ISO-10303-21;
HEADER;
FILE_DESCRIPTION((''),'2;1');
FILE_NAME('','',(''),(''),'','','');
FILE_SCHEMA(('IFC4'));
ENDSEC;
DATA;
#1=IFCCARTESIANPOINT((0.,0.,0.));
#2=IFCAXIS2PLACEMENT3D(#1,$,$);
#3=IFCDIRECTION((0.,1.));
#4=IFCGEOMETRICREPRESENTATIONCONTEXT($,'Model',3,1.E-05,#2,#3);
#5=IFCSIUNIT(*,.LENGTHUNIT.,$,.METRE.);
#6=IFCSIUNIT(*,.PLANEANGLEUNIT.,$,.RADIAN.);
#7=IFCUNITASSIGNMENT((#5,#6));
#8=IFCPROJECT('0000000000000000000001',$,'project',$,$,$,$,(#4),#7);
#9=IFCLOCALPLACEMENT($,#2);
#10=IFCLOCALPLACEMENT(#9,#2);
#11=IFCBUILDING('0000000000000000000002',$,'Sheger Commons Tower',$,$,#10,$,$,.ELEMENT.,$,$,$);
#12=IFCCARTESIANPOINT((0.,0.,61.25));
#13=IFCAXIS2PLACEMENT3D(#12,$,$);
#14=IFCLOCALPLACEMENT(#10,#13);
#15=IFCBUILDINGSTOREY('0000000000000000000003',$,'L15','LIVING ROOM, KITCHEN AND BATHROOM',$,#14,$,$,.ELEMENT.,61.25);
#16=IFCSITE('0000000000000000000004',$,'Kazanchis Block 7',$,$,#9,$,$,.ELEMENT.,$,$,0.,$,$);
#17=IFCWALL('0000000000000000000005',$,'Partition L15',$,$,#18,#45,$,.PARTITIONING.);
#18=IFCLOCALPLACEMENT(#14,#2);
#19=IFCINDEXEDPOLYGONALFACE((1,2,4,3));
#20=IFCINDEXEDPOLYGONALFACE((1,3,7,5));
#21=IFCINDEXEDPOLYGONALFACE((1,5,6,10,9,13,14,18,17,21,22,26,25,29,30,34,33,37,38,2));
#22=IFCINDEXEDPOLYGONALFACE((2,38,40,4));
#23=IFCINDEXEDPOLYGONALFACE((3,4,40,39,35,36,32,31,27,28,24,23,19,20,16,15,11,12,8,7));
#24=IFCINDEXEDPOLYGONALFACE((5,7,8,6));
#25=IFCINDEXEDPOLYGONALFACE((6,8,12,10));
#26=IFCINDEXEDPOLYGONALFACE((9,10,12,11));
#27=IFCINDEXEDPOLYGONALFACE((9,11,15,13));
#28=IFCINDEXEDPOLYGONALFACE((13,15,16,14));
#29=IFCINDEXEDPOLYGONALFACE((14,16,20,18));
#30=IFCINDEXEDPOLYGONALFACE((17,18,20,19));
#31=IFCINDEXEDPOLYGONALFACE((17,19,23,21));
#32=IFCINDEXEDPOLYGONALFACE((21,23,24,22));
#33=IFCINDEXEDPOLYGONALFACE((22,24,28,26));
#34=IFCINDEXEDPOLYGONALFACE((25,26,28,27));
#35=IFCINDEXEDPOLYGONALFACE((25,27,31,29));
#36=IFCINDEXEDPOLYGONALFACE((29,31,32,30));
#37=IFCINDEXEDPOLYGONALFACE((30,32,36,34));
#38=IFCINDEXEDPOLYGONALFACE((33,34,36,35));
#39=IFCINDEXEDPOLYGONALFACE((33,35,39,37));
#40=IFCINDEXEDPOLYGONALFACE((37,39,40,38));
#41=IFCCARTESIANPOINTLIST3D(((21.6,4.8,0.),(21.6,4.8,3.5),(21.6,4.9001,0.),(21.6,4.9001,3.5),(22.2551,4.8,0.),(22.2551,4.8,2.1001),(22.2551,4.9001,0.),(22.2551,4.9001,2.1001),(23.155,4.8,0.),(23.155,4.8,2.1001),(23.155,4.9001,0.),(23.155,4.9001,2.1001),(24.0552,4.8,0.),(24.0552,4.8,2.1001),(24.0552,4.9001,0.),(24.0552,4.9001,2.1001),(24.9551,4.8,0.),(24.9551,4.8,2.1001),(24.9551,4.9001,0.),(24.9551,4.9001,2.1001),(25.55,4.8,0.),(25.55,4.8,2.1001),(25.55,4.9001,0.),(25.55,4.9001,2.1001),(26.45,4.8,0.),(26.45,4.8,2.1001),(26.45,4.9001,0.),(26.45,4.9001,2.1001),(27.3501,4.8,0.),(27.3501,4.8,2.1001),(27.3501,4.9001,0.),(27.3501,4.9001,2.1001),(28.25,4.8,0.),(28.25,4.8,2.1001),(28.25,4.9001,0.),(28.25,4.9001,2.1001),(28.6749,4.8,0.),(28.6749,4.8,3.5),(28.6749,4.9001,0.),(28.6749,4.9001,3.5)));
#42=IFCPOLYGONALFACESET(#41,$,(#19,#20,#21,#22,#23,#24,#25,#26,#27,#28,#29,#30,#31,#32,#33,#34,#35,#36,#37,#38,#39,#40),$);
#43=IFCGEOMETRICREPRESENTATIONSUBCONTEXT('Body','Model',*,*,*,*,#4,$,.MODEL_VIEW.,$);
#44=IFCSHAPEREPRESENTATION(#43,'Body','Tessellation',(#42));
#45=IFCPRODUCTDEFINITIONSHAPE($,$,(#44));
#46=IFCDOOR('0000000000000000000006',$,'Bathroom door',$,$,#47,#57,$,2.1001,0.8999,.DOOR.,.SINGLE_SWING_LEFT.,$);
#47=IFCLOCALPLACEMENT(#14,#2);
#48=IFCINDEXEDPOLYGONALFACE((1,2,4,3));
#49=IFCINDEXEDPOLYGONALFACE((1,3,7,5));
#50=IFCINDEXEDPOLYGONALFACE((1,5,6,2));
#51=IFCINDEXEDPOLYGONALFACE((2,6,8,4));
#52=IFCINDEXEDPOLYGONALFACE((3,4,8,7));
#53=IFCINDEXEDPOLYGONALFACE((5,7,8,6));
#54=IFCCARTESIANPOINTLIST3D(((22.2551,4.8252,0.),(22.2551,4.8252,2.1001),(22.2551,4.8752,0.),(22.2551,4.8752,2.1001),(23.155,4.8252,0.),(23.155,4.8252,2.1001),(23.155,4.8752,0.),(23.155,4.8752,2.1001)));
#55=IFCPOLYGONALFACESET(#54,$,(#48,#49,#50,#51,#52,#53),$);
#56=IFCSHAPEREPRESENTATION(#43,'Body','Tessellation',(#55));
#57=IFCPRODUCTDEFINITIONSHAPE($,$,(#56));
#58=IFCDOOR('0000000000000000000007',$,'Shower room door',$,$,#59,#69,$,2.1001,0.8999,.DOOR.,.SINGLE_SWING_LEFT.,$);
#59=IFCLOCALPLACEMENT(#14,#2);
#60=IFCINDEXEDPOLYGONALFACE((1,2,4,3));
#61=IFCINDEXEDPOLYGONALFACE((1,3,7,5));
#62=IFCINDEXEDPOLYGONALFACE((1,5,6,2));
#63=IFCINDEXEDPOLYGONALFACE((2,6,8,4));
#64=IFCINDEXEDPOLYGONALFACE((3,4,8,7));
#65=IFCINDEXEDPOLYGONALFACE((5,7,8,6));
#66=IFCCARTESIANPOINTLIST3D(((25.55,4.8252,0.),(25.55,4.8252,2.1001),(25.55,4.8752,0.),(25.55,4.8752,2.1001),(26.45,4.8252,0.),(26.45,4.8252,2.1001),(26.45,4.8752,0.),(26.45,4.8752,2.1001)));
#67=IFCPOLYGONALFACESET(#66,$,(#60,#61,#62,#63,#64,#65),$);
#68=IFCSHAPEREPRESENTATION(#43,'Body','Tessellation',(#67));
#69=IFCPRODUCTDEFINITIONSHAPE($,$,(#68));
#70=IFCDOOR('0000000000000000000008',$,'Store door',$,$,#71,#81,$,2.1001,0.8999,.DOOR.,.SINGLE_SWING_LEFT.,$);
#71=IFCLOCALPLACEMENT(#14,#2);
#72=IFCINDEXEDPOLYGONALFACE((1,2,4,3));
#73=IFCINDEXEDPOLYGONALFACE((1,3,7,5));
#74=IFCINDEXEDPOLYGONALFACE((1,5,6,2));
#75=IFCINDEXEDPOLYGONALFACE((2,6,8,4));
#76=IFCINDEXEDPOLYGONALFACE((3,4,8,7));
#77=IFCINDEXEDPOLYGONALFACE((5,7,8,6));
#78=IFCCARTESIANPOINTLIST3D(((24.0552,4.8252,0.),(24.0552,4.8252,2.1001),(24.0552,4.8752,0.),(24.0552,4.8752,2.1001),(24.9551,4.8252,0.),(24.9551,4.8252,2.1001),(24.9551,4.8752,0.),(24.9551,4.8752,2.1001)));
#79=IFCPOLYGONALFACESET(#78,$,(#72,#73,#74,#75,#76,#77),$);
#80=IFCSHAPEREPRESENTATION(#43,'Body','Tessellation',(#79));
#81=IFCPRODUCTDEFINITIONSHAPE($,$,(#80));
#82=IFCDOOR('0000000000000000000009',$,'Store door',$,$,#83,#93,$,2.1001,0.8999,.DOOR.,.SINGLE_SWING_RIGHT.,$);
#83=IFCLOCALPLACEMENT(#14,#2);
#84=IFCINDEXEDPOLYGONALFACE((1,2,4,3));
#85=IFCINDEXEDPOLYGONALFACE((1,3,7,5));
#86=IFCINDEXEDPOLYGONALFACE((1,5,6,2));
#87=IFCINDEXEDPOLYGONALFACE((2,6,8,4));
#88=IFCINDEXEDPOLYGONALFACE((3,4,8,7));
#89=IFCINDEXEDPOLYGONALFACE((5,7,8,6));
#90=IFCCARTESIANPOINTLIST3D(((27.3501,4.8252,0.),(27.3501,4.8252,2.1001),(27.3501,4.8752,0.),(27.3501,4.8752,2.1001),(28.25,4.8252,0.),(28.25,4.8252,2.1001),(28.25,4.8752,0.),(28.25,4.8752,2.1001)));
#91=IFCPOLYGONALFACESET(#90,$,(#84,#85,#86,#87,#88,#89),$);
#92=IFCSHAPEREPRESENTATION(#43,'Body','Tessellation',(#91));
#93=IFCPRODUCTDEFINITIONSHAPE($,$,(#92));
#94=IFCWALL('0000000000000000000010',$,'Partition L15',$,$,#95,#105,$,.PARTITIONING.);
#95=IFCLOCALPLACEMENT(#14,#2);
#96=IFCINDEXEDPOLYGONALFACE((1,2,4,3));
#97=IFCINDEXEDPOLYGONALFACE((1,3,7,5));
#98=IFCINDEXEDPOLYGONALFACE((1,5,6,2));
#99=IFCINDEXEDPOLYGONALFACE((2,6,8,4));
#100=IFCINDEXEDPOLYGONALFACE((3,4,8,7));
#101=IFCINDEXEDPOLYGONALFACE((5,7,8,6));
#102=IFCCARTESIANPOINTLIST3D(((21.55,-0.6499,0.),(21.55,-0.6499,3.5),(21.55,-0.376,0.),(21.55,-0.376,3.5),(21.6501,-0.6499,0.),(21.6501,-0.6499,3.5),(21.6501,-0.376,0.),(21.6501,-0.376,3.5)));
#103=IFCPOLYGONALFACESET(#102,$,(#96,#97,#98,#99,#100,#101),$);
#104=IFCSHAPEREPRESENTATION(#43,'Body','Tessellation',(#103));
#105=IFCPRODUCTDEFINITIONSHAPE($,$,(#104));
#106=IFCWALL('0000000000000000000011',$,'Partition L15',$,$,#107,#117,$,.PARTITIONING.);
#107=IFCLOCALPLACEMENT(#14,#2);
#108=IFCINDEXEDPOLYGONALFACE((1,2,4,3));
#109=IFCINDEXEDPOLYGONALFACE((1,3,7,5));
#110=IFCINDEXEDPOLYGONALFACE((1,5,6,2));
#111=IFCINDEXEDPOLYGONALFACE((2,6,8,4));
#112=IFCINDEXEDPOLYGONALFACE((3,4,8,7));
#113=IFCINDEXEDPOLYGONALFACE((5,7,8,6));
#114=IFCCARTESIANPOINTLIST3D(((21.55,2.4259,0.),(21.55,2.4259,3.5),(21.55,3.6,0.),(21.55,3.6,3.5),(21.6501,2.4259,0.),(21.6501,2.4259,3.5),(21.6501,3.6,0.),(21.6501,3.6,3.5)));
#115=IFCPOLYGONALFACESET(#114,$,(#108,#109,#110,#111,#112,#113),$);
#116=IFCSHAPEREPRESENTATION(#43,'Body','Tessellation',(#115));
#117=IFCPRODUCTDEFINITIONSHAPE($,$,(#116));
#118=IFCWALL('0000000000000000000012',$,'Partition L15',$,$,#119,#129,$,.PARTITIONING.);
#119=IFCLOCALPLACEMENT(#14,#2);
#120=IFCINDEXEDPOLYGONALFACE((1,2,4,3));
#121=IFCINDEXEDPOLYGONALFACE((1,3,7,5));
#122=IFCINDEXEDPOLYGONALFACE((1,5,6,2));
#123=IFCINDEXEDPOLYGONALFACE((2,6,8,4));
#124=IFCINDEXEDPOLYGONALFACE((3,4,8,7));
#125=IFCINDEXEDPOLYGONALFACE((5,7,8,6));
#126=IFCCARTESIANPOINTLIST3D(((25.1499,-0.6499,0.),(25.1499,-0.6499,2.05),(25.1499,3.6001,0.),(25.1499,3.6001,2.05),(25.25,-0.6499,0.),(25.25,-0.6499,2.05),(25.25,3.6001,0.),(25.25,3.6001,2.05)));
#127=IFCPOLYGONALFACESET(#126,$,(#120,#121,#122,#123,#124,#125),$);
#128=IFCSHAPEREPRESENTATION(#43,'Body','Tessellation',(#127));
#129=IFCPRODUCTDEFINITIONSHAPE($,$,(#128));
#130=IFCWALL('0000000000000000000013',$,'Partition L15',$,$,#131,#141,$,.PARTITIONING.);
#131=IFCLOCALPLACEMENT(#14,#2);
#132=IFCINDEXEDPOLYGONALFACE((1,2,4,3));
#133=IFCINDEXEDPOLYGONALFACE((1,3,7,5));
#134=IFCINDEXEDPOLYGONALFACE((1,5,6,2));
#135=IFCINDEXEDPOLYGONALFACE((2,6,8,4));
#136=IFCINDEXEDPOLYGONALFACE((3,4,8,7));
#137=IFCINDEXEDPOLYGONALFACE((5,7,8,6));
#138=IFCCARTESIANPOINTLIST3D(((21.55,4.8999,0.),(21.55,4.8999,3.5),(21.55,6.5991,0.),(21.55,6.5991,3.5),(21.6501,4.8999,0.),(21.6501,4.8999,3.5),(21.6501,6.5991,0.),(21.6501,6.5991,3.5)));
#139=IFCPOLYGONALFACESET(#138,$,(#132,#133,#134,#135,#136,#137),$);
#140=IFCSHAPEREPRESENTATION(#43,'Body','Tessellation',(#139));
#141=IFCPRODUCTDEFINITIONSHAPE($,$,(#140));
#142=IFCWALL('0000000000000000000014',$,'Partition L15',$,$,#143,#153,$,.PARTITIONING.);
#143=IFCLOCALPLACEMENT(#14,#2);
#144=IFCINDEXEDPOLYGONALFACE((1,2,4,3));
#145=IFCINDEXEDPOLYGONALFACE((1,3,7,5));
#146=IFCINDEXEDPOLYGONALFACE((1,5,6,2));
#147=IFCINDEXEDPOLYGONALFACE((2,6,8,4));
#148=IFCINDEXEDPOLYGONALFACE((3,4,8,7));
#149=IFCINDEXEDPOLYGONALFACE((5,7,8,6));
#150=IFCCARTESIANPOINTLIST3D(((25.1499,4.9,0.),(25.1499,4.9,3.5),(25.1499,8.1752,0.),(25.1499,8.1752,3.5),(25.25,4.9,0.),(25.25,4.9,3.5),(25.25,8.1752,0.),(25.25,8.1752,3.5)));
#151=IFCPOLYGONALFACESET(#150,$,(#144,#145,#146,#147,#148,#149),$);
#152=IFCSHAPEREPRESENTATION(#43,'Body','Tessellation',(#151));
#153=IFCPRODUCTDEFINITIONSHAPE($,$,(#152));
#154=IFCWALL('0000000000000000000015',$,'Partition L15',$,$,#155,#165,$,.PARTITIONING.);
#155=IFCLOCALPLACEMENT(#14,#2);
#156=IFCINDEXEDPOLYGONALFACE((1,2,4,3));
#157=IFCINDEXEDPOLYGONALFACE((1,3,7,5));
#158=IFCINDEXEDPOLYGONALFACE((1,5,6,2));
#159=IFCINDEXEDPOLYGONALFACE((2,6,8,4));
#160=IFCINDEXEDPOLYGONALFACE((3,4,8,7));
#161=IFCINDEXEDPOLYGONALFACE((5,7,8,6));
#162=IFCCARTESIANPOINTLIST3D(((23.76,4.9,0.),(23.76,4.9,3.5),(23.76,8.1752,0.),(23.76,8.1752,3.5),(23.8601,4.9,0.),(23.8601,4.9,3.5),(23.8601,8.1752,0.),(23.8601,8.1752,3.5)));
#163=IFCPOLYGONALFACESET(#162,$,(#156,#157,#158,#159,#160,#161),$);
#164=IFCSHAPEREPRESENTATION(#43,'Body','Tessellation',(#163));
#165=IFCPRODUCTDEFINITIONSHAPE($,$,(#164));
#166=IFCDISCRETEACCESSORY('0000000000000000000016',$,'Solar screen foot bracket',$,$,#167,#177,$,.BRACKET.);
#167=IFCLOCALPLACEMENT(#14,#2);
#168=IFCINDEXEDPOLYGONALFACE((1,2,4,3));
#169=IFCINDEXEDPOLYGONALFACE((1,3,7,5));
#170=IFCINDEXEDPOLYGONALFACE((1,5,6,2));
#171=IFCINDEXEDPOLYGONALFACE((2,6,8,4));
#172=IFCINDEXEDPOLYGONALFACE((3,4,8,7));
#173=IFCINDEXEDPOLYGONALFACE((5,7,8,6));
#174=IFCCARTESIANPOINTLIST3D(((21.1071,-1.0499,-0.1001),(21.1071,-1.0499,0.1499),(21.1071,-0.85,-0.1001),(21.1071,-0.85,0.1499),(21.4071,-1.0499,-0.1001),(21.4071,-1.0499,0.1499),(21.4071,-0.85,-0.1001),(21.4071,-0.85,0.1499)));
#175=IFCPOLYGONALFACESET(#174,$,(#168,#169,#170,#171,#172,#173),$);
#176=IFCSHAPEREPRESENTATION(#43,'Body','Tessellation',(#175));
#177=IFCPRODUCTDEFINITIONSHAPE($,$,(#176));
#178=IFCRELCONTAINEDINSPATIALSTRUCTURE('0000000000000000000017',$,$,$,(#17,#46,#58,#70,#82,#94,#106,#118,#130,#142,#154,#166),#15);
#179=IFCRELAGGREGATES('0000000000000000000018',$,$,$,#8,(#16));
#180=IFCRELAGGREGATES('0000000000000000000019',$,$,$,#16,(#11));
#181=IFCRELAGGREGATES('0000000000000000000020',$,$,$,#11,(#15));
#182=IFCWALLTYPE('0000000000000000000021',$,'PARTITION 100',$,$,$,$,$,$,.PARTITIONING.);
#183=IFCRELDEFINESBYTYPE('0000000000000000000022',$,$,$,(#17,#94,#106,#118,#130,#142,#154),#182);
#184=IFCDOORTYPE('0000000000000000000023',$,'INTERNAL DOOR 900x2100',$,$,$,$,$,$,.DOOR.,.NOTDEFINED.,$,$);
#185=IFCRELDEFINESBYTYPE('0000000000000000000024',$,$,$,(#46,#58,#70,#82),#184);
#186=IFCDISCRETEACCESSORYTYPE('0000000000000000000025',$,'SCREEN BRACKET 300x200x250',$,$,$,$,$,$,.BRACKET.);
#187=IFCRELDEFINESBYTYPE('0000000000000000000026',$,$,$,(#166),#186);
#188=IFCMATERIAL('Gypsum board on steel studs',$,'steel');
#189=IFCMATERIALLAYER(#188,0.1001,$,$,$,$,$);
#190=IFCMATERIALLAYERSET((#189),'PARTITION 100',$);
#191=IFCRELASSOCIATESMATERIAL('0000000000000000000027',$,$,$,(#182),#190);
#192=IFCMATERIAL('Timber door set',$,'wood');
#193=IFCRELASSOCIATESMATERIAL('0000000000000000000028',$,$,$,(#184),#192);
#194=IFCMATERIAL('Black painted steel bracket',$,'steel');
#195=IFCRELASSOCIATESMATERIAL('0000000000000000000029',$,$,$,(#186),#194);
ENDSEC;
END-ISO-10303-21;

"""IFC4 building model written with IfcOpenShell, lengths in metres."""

from ifc_helpers import new_model, si_unit, direction, frame, frame_2d, origin, origin_2d, place, context, subcontext, project, spatial, rectangle, extrude, material, layer, layer_set, type_object, element, fill, save


model = new_model("IFC4")

# Units and contexts
model_context = context("Model", 3, precision=1e-05, world=origin(), true_north=direction((0.0, 1.0)))
body_context = subcontext(model_context, "Body", "Model", "MODEL_VIEW")
ifc_project = project(units=[si_unit("LENGTHUNIT", "METRE"), si_unit("PLANEANGLEUNIT", "RADIAN")], contexts=[model_context])

# Site, building, storey
site_placement = place(None, origin())
site = spatial("IfcSite", under=ifc_project, at=site_placement, Name="Kazanchis Block 7", CompositionType="ELEMENT", RefElevation=0.0)
building_placement = place(site_placement, origin())
building = spatial("IfcBuilding", under=site, at=building_placement, Name="Sheger Commons Tower", CompositionType="ELEMENT")
storey_placement = place(building_placement, frame((0.0, 0.0, 61.25)))
storey = spatial("IfcBuildingStorey", under=building, at=storey_placement, Name="L15", Description="LIVING ROOM, KITCHEN AND BATHROOM", CompositionType="ELEMENT", Elevation=61.25)

# Wall, openings, doors
ifc_material_1 = material(Name="Gypsum board on steel studs", Category="steel")
ifc_layer_1 = layer(ifc_material_1, 0.1001)
ifc_layer_set_1 = layer_set([ifc_layer_1], Name="PARTITION 100")
wall_type = type_object("IfcWallType", Name="PARTITION 100", PredefinedType="PARTITIONING", material=ifc_layer_set_1)
ifc_material_2 = material(Name="Timber door set", Category="wood")
door_type = type_object("IfcDoorType", Name="INTERNAL DOOR 900x2100", OperationType="NOTDEFINED", PredefinedType="DOOR", material=ifc_material_2)
wall_1_placement = place(storey_placement, frame((28.675, 4.8501, 0.0), z_axis=(0.0, 0.0, 1.0), x_axis=(-1.0, 0.0, 0.0)))
wall_1 = element("IfcWall", 1, at=wall_1_placement, inside=storey, type_object=wall_type, Name="Partition L15", PredefinedType="PARTITIONING", context=body_context, shape_type="SweptSolid", body=[
    extrude(rectangle(XDim=7.075, YDim=0.1001, at=frame_2d((3.5376, 0.0))), origin(), (0.0, 0.0, 1.0), 3.5),
])
opening_1_placement = place(wall_1_placement, frame((5.52, 0.0, 0.0)))
opening_1 = element("IfcOpeningElement", 2, at=opening_1_placement, cuts=wall_1, PredefinedType="OPENING", context=body_context, shape_type="SweptSolid", body=[
    extrude(rectangle(XDim=0.8999, YDim=2.1001, at=frame_2d((0.45, 1.05))), frame((0.0, 0.0601, 0.0), z_axis=(0.0, -1.0, 0.0), x_axis=(1.0, 0.0, 0.0)), (0.0, 0.0, 1.0), 0.1201),
])
opening_2_placement = place(wall_1_placement, frame((2.2251, 0.0, 0.0)))
opening_2 = element("IfcOpeningElement", 3, at=opening_2_placement, cuts=wall_1, PredefinedType="OPENING", context=body_context, shape_type="SweptSolid", body=[
    extrude(rectangle(XDim=0.8999, YDim=2.1001, at=frame_2d((0.45, 1.05))), frame((0.0, 0.0601, 0.0), z_axis=(0.0, -1.0, 0.0), x_axis=(1.0, 0.0, 0.0)), (0.0, 0.0, 1.0), 0.1201),
])
opening_3_placement = place(wall_1_placement, frame((3.72, 0.0, 0.0)))
opening_3 = element("IfcOpeningElement", 4, at=opening_3_placement, cuts=wall_1, PredefinedType="OPENING", context=body_context, shape_type="SweptSolid", body=[
    extrude(rectangle(XDim=0.8999, YDim=2.1001, at=frame_2d((0.45, 1.05))), frame((0.0, 0.0601, 0.0), z_axis=(0.0, -1.0, 0.0), x_axis=(1.0, 0.0, 0.0)), (0.0, 0.0, 1.0), 0.1201),
])
opening_4_placement = place(wall_1_placement, frame((0.425, 0.0, 0.0)))
opening_4 = element("IfcOpeningElement", 5, at=opening_4_placement, cuts=wall_1, PredefinedType="OPENING", context=body_context, shape_type="SweptSolid", body=[
    extrude(rectangle(XDim=0.8999, YDim=2.1001, at=frame_2d((0.45, 1.05))), frame((0.0, 0.0601, 0.0), z_axis=(0.0, -1.0, 0.0), x_axis=(1.0, 0.0, 0.0)), (0.0, 0.0, 1.0), 0.1201),
])
door_1_placement = place(opening_1_placement, origin())
door_1 = element("IfcDoor", 6, at=door_1_placement, inside=storey, type_object=door_type, Name="Bathroom door", OperationType="SINGLE_SWING_LEFT", OverallHeight=2.1001, OverallWidth=0.8999, PredefinedType="DOOR", context=body_context, shape_type="SweptSolid", body=[
    extrude(rectangle(XDim=0.8999, YDim=2.1001, at=frame_2d((0.45, 1.05))), frame((0.0, 0.0249, 0.0), z_axis=(0.0, -1.0, 0.0), x_axis=(1.0, 0.0, 0.0)), (0.0, 0.0, 1.0), 0.05),
])
fill(opening_1, door_1)
door_2_placement = place(opening_2_placement, origin())
door_2 = element("IfcDoor", 7, at=door_2_placement, inside=storey, type_object=door_type, Name="Shower room door", OperationType="SINGLE_SWING_LEFT", OverallHeight=2.1001, OverallWidth=0.8999, PredefinedType="DOOR", context=body_context, shape_type="SweptSolid", body=[
    extrude(rectangle(XDim=0.8999, YDim=2.1001, at=frame_2d((0.45, 1.05))), frame((0.0, 0.0249, 0.0), z_axis=(0.0, -1.0, 0.0), x_axis=(1.0, 0.0, 0.0)), (0.0, 0.0, 1.0), 0.05),
])
fill(opening_2, door_2)
door_3_placement = place(opening_3_placement, origin())
door_3 = element("IfcDoor", 8, at=door_3_placement, inside=storey, type_object=door_type, Name="Store door", OperationType="SINGLE_SWING_LEFT", OverallHeight=2.1001, OverallWidth=0.8999, PredefinedType="DOOR", context=body_context, shape_type="SweptSolid", body=[
    extrude(rectangle(XDim=0.8999, YDim=2.1001, at=frame_2d((0.45, 1.05))), frame((0.0, 0.0249, 0.0), z_axis=(0.0, -1.0, 0.0), x_axis=(1.0, 0.0, 0.0)), (0.0, 0.0, 1.0), 0.05),
])
fill(opening_3, door_3)
door_4_placement = place(opening_4_placement, origin())
door_4 = element("IfcDoor", 9, at=door_4_placement, inside=storey, type_object=door_type, Name="Store door", OperationType="SINGLE_SWING_RIGHT", OverallHeight=2.1001, OverallWidth=0.8999, PredefinedType="DOOR", context=body_context, shape_type="SweptSolid", body=[
    extrude(rectangle(XDim=0.8999, YDim=2.1001, at=frame_2d((0.45, 1.05))), frame((0.0, 0.0249, 0.0), z_axis=(0.0, -1.0, 0.0), x_axis=(1.0, 0.0, 0.0)), (0.0, 0.0, 1.0), 0.05),
])
fill(opening_4, door_4)

# Walls
wall_2_placement = place(storey_placement, frame((21.6001, -0.6499, 0.0), z_axis=(0.0, 0.0, 1.0), x_axis=(0.0, 1.0, 0.0)))
element("IfcWall", 10, at=wall_2_placement, inside=storey, type_object=wall_type, Name="Partition L15", PredefinedType="PARTITIONING", context=body_context, shape_type="SweptSolid", body=[
    extrude(rectangle(XDim=0.2739, YDim=0.1001, at=frame_2d((0.137, 0.0))), origin(), (0.0, 0.0, 1.0), 3.5),
])
wall_3_placement = place(storey_placement, frame((21.6001, 2.426, 0.0), z_axis=(0.0, 0.0, 1.0), x_axis=(0.0, 1.0, 0.0)))
element("IfcWall", 11, at=wall_3_placement, inside=storey, type_object=wall_type, Name="Partition L15", PredefinedType="PARTITIONING", context=body_context, shape_type="SweptSolid", body=[
    extrude(rectangle(XDim=1.1741, YDim=0.1001, at=frame_2d((0.5869, 0.0))), origin(), (0.0, 0.0, 1.0), 3.5),
])
wall_4_placement = place(storey_placement, frame((25.2, -0.6499, 0.0), z_axis=(0.0, 0.0, 1.0), x_axis=(0.0, 1.0, 0.0)))
element("IfcWall", 12, at=wall_4_placement, inside=storey, type_object=wall_type, Name="Partition L15", PredefinedType="PARTITIONING", context=body_context, shape_type="SweptSolid", body=[
    extrude(rectangle(XDim=4.25, YDim=0.1001, at=frame_2d((2.125, 0.0))), origin(), (0.0, 0.0, 1.0), 2.05),
])
wall_5_placement = place(storey_placement, frame((21.6001, 4.8999, 0.0), z_axis=(0.0, 0.0, 1.0), x_axis=(0.0, 1.0, 0.0)))
element("IfcWall", 13, at=wall_5_placement, inside=storey, type_object=wall_type, Name="Partition L15", PredefinedType="PARTITIONING", context=body_context, shape_type="SweptSolid", body=[
    extrude(rectangle(XDim=1.6992, YDim=0.1001, at=frame_2d((0.8496, 0.0))), origin(), (0.0, 0.0, 1.0), 3.5),
])
for number, where, z_axis, x_axis, name in (
    (14, (25.2, 4.8999, 0.0), (0.0, 0.0, 1.0), (0.0, 1.0, 0.0), "Partition L15"),
    (15, (23.8101, 4.8999, 0.0), (0.0, 0.0, 1.0), (0.0, 1.0, 0.0), "Partition L15"),
):
    element("IfcWall", number, at=place(storey_placement, frame(where, z_axis=z_axis, x_axis=x_axis)), inside=storey, type_object=wall_type, Name=name, PredefinedType="PARTITIONING", context=body_context, shape_type="SweptSolid", body=[
        extrude(rectangle(XDim=3.2751, YDim=0.1001, at=frame_2d((1.6377, 0.0))), origin(), (0.0, 0.0, 1.0), 3.5),
    ])

# Discrete accessory
ifc_material_3 = material(Name="Black painted steel bracket", Category="steel")
discrete_accessory_type = type_object("IfcDiscreteAccessoryType", Name="SCREEN BRACKET 300x200x250", PredefinedType="BRACKET", material=ifc_material_3)
for number, where, z_axis, x_axis, name in (
    (16, (21.2571, -0.95, -0.1001), (0.0, 0.0, 1.0), (1.0, 0.0, 0.0), "Solar screen foot bracket"),
):
    element("IfcDiscreteAccessory", number, at=place(storey_placement, frame(where, z_axis=z_axis, x_axis=x_axis)), inside=storey, type_object=discrete_accessory_type, Name=name, PredefinedType="BRACKET", context=body_context, shape_type="SweptSolid", body=[
        extrude(rectangle(XDim=0.3, YDim=0.2, at=origin_2d()), origin(), (0.0, 0.0, 1.0), 0.25),
    ])

save(model, "model.ifc")
